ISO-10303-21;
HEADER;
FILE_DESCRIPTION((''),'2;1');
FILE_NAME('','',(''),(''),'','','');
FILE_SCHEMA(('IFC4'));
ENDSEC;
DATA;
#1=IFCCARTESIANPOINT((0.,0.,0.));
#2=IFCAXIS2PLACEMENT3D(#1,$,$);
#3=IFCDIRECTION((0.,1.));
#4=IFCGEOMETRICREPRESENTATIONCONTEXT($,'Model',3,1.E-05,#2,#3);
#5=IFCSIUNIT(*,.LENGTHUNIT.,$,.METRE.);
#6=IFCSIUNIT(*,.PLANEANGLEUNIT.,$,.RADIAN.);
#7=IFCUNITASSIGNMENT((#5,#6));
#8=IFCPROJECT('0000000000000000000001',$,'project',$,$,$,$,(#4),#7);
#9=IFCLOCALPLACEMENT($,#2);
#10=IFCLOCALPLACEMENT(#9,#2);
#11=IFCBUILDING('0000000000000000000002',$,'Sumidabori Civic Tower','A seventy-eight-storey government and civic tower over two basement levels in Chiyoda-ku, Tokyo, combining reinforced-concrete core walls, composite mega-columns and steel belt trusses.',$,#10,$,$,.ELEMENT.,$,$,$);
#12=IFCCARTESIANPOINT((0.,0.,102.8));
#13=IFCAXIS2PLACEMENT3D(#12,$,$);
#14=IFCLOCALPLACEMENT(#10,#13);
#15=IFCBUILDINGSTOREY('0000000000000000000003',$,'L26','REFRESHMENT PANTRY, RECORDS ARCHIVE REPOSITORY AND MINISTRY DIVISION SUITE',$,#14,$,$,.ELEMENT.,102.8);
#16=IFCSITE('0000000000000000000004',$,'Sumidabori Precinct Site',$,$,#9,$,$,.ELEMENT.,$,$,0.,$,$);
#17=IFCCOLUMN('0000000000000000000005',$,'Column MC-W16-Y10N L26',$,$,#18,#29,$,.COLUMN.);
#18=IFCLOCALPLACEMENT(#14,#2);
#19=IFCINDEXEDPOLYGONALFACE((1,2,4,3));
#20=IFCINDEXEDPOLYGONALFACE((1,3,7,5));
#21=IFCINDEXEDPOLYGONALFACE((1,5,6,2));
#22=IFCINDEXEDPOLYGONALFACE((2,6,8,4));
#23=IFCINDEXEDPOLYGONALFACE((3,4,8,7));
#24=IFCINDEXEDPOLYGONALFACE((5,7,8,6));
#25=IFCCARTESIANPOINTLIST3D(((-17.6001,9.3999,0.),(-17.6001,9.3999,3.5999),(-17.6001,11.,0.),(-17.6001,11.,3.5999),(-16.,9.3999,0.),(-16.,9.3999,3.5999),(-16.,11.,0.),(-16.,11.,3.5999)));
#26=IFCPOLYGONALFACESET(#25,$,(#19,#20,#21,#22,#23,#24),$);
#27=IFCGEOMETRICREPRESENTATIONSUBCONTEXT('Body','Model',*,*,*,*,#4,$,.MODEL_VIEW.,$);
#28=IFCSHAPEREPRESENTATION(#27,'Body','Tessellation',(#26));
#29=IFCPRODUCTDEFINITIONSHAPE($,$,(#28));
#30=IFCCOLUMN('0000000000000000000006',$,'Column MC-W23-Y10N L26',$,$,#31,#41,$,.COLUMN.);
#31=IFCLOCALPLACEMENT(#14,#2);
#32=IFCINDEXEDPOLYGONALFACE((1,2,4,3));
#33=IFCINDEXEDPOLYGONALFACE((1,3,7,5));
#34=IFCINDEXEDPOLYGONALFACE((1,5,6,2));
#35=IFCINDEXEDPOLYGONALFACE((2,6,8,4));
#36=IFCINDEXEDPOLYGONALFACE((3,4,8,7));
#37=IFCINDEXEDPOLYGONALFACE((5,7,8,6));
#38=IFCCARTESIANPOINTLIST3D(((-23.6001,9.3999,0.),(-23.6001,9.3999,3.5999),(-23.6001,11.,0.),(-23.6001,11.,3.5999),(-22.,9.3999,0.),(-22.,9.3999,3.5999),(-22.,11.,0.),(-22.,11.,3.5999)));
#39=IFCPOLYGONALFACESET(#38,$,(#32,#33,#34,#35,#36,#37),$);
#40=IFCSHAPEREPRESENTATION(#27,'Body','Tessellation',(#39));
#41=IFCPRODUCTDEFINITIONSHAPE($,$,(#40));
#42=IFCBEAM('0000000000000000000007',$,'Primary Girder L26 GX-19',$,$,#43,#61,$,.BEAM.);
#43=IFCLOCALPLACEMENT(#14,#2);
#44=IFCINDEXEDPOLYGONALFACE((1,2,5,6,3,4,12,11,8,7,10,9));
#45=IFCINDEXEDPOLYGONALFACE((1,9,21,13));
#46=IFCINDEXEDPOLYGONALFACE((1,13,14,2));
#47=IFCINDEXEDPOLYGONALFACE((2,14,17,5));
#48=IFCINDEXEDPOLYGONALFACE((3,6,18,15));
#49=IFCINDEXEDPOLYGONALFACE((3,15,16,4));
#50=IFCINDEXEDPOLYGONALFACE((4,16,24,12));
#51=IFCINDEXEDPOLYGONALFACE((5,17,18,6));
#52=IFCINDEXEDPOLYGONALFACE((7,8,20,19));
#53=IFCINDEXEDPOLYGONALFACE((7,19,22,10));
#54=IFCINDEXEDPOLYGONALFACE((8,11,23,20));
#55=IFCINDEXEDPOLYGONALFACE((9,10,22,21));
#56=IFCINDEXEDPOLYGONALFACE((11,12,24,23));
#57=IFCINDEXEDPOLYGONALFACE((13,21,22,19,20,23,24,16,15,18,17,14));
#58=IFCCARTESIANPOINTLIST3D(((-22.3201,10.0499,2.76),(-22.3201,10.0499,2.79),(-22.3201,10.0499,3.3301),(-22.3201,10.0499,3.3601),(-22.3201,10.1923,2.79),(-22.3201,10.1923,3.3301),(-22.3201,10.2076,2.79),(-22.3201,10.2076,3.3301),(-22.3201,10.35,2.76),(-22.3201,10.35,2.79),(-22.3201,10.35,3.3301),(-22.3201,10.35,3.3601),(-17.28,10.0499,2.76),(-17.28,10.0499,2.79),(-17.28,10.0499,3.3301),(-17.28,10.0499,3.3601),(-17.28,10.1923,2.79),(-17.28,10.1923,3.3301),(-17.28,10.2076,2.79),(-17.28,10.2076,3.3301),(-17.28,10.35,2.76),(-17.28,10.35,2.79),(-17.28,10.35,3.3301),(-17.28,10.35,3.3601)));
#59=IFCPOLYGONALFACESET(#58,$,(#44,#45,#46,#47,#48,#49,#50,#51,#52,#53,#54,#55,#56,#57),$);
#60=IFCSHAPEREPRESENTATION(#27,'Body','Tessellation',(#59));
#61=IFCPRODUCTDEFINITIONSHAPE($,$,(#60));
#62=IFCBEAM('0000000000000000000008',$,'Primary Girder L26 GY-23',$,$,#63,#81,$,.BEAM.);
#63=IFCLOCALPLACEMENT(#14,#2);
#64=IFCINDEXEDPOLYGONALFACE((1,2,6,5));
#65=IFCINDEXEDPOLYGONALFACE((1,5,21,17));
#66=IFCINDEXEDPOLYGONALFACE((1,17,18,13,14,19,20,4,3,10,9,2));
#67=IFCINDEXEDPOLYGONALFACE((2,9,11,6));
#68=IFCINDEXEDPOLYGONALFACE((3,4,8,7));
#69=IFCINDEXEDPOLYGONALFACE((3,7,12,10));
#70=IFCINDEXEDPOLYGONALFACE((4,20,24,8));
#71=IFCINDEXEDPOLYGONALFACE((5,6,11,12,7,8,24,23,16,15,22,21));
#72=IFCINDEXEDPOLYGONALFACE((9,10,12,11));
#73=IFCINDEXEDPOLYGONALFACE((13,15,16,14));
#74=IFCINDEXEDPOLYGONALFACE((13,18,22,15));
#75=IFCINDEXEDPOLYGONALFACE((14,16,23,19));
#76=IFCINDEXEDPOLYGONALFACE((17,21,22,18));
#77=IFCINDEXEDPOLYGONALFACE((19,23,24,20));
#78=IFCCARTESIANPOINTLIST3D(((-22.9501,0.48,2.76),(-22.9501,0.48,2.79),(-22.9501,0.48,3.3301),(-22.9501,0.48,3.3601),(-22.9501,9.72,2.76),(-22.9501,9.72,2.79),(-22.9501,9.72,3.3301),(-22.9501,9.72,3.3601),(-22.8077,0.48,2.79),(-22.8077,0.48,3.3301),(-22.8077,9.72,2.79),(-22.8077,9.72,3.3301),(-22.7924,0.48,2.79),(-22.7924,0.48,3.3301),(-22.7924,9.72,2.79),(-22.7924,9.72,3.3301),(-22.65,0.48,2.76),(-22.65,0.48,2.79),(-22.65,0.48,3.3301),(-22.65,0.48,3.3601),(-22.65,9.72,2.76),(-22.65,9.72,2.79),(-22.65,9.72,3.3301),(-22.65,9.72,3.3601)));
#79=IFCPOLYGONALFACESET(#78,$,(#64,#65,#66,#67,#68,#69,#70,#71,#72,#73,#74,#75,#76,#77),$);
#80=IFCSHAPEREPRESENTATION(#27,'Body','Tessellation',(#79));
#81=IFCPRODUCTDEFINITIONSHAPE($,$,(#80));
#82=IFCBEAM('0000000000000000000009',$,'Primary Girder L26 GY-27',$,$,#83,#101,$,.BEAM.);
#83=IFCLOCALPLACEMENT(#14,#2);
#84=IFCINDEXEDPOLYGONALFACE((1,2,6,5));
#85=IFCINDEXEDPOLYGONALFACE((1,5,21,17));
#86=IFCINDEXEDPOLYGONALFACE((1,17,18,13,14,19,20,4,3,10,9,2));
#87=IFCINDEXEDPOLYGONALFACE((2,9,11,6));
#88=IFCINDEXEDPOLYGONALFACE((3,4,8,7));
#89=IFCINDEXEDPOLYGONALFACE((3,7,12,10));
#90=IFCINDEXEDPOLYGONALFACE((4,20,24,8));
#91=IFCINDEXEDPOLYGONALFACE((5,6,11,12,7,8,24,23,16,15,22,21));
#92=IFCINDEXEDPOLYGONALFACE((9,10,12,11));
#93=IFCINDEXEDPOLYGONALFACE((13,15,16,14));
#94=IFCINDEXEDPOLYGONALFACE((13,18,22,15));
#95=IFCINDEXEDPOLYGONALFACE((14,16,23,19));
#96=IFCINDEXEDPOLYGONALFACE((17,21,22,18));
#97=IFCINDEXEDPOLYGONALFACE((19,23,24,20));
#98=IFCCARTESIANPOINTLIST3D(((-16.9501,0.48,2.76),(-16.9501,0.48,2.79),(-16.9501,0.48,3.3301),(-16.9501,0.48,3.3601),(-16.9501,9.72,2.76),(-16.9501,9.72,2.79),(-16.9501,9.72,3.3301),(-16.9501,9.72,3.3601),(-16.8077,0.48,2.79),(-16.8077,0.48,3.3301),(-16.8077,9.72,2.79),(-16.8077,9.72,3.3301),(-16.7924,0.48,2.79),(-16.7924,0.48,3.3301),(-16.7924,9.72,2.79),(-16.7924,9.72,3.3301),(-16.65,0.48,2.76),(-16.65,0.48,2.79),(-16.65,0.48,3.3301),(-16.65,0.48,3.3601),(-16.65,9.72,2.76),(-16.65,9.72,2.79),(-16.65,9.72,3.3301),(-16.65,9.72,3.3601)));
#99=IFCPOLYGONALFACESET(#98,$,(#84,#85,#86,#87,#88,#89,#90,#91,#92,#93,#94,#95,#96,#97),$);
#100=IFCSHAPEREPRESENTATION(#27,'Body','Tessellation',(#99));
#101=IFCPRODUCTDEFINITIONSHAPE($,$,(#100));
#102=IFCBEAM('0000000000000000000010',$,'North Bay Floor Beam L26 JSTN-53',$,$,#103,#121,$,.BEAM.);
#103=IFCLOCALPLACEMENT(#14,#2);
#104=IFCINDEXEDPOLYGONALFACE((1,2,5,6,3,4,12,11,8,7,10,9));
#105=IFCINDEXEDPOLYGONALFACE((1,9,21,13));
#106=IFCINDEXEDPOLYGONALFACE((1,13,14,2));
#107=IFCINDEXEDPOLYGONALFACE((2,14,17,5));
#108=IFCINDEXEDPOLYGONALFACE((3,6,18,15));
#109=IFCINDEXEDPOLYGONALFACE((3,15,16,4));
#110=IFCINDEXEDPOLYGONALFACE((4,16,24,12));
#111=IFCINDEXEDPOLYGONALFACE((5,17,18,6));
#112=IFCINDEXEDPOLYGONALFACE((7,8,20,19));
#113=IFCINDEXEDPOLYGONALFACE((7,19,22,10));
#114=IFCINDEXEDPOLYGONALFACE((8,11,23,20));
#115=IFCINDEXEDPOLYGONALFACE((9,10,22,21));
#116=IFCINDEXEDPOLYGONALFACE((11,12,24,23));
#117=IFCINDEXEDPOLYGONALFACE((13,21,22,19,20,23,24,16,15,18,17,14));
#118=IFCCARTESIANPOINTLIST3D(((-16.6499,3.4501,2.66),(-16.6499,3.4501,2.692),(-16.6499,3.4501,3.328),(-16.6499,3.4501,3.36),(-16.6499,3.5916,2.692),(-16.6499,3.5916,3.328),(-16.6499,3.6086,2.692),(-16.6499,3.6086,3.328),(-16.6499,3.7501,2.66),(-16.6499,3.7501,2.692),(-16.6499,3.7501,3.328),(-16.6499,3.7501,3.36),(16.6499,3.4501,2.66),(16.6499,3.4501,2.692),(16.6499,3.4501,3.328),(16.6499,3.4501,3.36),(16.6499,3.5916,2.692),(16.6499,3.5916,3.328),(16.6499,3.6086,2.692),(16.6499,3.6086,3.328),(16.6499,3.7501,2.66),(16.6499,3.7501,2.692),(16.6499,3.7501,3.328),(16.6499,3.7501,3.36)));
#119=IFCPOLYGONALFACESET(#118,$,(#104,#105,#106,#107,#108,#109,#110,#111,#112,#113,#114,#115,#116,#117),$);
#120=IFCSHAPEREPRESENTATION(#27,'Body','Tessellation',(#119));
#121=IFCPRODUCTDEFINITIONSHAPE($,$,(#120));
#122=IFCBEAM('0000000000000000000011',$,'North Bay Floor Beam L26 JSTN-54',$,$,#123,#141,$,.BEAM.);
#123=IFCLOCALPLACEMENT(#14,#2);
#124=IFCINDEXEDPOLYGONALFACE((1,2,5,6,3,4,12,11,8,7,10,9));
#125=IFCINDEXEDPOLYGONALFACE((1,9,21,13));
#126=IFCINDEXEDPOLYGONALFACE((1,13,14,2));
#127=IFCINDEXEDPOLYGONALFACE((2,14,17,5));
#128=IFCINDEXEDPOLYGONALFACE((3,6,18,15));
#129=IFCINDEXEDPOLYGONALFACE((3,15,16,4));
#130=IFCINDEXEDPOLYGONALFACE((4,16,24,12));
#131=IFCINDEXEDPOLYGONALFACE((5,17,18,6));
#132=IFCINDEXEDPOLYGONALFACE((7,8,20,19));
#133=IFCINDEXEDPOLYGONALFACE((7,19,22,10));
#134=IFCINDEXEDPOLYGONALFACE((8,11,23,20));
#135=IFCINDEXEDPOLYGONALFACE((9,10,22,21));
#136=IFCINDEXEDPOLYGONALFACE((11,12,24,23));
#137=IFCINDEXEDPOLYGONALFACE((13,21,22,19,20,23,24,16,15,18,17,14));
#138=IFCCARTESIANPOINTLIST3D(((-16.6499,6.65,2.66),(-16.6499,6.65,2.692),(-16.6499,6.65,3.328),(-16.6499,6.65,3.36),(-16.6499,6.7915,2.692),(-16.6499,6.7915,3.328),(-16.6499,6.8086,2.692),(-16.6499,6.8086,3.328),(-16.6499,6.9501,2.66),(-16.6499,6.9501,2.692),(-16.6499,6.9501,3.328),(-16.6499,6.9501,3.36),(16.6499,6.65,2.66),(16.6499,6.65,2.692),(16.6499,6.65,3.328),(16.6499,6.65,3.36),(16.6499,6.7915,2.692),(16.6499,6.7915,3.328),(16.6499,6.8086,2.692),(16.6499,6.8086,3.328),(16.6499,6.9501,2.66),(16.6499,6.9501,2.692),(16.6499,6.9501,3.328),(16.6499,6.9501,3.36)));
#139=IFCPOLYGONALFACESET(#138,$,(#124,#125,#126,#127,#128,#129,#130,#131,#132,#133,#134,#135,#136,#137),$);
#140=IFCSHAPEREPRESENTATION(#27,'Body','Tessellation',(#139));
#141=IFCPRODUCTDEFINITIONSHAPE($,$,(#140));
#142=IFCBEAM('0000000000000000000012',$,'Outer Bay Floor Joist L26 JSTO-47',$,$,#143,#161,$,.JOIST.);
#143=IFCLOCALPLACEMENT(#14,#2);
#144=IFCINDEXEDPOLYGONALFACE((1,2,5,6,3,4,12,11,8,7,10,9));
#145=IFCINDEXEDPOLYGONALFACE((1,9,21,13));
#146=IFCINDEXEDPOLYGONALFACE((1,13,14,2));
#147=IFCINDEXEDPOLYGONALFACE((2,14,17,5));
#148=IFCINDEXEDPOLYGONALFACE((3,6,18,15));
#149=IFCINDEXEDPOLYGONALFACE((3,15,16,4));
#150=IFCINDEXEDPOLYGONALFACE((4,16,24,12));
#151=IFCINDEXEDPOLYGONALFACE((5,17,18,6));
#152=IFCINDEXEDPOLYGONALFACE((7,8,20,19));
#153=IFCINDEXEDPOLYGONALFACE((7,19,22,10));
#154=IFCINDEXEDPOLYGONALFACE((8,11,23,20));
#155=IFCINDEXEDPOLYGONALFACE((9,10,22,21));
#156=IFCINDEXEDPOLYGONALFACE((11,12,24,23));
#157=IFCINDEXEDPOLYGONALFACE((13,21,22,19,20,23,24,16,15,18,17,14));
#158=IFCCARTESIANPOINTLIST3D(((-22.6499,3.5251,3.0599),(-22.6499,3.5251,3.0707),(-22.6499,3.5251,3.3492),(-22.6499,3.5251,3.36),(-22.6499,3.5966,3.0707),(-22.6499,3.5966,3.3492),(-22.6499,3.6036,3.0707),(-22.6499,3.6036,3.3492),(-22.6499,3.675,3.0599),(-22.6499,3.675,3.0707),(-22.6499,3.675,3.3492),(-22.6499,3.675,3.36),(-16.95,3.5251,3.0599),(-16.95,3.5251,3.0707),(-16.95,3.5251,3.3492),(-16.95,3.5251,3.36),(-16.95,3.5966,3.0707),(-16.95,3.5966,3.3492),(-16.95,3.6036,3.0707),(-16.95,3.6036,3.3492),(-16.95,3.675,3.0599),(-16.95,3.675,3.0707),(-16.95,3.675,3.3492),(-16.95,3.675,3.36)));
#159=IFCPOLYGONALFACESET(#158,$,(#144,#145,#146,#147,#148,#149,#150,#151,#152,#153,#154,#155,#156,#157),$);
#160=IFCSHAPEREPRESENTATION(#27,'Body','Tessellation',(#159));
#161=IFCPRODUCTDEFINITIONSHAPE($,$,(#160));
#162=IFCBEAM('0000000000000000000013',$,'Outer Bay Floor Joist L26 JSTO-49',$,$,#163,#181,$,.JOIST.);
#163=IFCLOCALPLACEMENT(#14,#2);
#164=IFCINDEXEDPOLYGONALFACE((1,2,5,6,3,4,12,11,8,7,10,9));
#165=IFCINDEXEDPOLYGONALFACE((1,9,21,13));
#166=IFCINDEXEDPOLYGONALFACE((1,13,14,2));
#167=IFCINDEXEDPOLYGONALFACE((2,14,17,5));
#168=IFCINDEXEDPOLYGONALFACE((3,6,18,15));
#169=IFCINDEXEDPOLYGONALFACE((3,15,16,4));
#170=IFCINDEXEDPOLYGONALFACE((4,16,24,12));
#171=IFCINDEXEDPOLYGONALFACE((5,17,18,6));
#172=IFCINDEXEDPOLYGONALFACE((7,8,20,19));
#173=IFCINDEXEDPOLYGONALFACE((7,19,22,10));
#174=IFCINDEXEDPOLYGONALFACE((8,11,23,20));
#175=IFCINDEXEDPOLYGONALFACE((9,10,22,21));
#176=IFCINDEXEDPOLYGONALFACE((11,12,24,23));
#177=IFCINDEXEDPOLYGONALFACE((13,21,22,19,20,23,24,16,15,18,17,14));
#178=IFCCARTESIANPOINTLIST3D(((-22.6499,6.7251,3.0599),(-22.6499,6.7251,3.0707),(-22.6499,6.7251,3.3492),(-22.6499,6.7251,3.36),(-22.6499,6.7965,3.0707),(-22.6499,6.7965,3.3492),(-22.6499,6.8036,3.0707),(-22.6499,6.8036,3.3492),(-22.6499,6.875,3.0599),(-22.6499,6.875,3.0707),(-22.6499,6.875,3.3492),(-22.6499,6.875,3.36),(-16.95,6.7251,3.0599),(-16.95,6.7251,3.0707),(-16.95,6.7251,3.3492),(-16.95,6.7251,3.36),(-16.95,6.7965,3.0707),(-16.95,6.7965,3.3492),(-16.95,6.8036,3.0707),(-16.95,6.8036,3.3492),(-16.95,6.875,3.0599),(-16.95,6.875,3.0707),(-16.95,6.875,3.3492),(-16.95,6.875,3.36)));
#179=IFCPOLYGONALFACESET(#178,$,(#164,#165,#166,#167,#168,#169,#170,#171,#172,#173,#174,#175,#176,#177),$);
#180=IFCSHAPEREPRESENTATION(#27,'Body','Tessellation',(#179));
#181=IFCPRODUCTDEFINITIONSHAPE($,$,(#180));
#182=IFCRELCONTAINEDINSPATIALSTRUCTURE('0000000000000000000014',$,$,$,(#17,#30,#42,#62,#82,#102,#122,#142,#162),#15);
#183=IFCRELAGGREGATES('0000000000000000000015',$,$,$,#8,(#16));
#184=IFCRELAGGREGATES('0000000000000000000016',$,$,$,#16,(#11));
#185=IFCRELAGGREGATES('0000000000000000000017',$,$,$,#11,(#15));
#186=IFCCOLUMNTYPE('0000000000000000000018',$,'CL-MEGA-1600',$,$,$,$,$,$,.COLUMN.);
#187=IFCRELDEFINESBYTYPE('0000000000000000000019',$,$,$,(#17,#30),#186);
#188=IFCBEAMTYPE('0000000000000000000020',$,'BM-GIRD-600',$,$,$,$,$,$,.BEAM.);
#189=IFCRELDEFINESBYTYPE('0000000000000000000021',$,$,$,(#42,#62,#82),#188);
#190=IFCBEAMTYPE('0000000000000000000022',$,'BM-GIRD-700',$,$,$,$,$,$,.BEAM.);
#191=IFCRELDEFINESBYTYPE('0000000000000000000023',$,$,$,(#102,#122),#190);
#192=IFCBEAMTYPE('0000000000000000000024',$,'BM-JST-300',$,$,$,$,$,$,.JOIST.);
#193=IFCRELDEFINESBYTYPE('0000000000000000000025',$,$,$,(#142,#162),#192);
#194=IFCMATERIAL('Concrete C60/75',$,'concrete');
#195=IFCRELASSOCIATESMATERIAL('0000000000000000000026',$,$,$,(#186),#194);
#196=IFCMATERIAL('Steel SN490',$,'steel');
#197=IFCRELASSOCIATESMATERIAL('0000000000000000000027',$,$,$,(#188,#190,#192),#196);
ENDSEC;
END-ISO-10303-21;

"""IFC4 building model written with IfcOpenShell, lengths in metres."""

from ifc_helpers import new_model, si_unit, direction, frame, origin, origin_2d, place, context, subcontext, project, spatial, rectangle, i_section, extrude, source, transform, mapped, material, material_profile, profile_set, type_object, element, save


model = new_model("IFC4")

# Units and contexts
model_context = context("Model", 3, precision=1e-05, world=origin(), true_north=direction((0.0, 1.0)))
body_context = subcontext(model_context, "Body", "Model", "MODEL_VIEW")
ifc_project = project(units=[si_unit("LENGTHUNIT", "METRE"), si_unit("PLANEANGLEUNIT", "RADIAN")], contexts=[model_context])

# Site, building, storey
site_placement = place(None, origin())
site = spatial("IfcSite", under=ifc_project, at=site_placement, Name="Sumidabori Precinct Site", CompositionType="ELEMENT", RefElevation=0.0)
building_placement = place(site_placement, origin())
building = spatial("IfcBuilding", under=site, at=building_placement, Name="Sumidabori Civic Tower", Description="A seventy-eight-storey government and civic tower over two basement levels in Chiyoda-ku, Tokyo, combining reinforced-concrete core walls, composite mega-columns and steel belt trusses.", CompositionType="ELEMENT")
storey_placement = place(building_placement, frame((0.0, 0.0, 102.8)))
storey = spatial("IfcBuildingStorey", under=building, at=storey_placement, Name="L26", Description="REFRESHMENT PANTRY, RECORDS ARCHIVE REPOSITORY AND MINISTRY DIVISION SUITE", CompositionType="ELEMENT", Elevation=102.8)

# Columns
ifc_material_1 = material(Name="Concrete C60/75", Category="concrete")
ifc_material_profile_1 = material_profile(ifc_material_1, rectangle(XDim=1.6001, YDim=1.6001, at=origin_2d()), Name="RC 1600x1600")
ifc_profile_set_1 = profile_set([ifc_material_profile_1], Name="Concrete C60/75")
column_type = type_object("IfcColumnType", Name="CL-MEGA-1600", PredefinedType="COLUMN", material=ifc_profile_set_1)
shared_shape_1 = source(origin(), body_context, "Body", "SweptSolid", [
    extrude(rectangle(XDim=1.6001, YDim=1.6001, at=origin_2d()), origin(), (0.0, 0.0, 1.0), 3.5999),
])
for number, where, z_axis, x_axis, name in (
    (1, (-16.8, 10.2, 0.0), (0.0, 0.0, 1.0), (1.0, 0.0, 0.0), "Column MC-W16-Y10N L26"),
    (2, (-22.8, 10.2, 0.0), (0.0, 0.0, 1.0), (1.0, 0.0, 0.0), "Column MC-W23-Y10N L26"),
):
    element("IfcColumn", number, at=place(storey_placement, frame(where, z_axis=z_axis, x_axis=x_axis)), inside=storey, type_object=column_type, Name=name, PredefinedType="COLUMN", context=body_context, shape_type="MappedRepresentation", body=[
        mapped(shared_shape_1, transform((0.0, 0.0, 0.0), x_axis=(1.0, 0.0, 0.0), y_axis=(0.0, 1.0, 0.0), z_axis=(0.0, 0.0, 1.0), scale=1.0)),
    ])

# Beams
ifc_material_2 = material(Name="Steel SN490", Category="steel")
ifc_material_profile_2 = material_profile(ifc_material_2, i_section(OverallWidth=0.3, OverallDepth=0.6001, WebThickness=0.0154, FlangeThickness=0.03, at=origin_2d()), Name="HE 600 B")
ifc_profile_set_2 = profile_set([ifc_material_profile_2], Name="Steel SN490")
beam_type_1 = type_object("IfcBeamType", Name="BM-GIRD-600", PredefinedType="BEAM", material=ifc_profile_set_2)
shared_shape_2 = source(origin(), body_context, "Body", "SweptSolid", [
    extrude(i_section(OverallWidth=0.3, OverallDepth=0.6001, WebThickness=0.0154, FlangeThickness=0.03, at=origin_2d()), origin(), (0.0, 0.0, 1.0), 5.04),
])
beam_placement = place(storey_placement, frame((-22.3201, 10.2, 3.0601), z_axis=(1.0, 0.0, 0.0), x_axis=(0.0, 1.0, 0.0)))
element("IfcBeam", 3, at=beam_placement, inside=storey, type_object=beam_type_1, Name="Primary Girder L26 GX-19", PredefinedType="BEAM", context=body_context, shape_type="MappedRepresentation", body=[
    mapped(shared_shape_2, transform((0.0, 0.0, 0.0), x_axis=(1.0, 0.0, 0.0), y_axis=(0.0, 1.0, 0.0), z_axis=(0.0, 0.0, 1.0), scale=1.0)),
])
shared_shape_3 = source(origin(), body_context, "Body", "SweptSolid", [
    extrude(i_section(OverallWidth=0.3, OverallDepth=0.6001, WebThickness=0.0154, FlangeThickness=0.03, at=origin_2d()), origin(), (0.0, 0.0, 1.0), 9.24),
])
for number, where, z_axis, x_axis, name in (
    (4, (-22.8, 0.48, 3.0601), (0.0, 1.0, 0.0), (-1.0, 0.0, 0.0), "Primary Girder L26 GY-23"),
    (5, (-16.8, 0.48, 3.0601), (0.0, 1.0, 0.0), (-1.0, 0.0, 0.0), "Primary Girder L26 GY-27"),
):
    element("IfcBeam", number, at=place(storey_placement, frame(where, z_axis=z_axis, x_axis=x_axis)), inside=storey, type_object=beam_type_1, Name=name, PredefinedType="BEAM", context=body_context, shape_type="MappedRepresentation", body=[
        mapped(shared_shape_3, transform((0.0, 0.0, 0.0), x_axis=(1.0, 0.0, 0.0), y_axis=(0.0, 1.0, 0.0), z_axis=(0.0, 0.0, 1.0), scale=1.0)),
    ])
ifc_material_profile_3 = material_profile(ifc_material_2, i_section(OverallWidth=0.3, OverallDepth=0.7, WebThickness=0.0171, FlangeThickness=0.032, at=origin_2d()), Name="HE 700 B")
ifc_profile_set_3 = profile_set([ifc_material_profile_3], Name="Steel SN490")
beam_type_2 = type_object("IfcBeamType", Name="BM-GIRD-700", PredefinedType="BEAM", material=ifc_profile_set_3)
shared_shape_4 = source(origin(), body_context, "Body", "SweptSolid", [
    extrude(i_section(OverallWidth=0.3, OverallDepth=0.7, WebThickness=0.0171, FlangeThickness=0.032, at=origin_2d()), origin(), (0.0, 0.0, 1.0), 33.2998),
])
for number, where, z_axis, x_axis, name in (
    (6, (-16.6499, 3.6001, 3.01), (1.0, 0.0, 0.0), (0.0, 1.0, 0.0), "North Bay Floor Beam L26 JSTN-53"),
    (7, (-16.6499, 6.8, 3.01), (1.0, 0.0, 0.0), (0.0, 1.0, 0.0), "North Bay Floor Beam L26 JSTN-54"),
):
    element("IfcBeam", number, at=place(storey_placement, frame(where, z_axis=z_axis, x_axis=x_axis)), inside=storey, type_object=beam_type_2, Name=name, PredefinedType="BEAM", context=body_context, shape_type="MappedRepresentation", body=[
        mapped(shared_shape_4, transform((0.0, 0.0, 0.0), x_axis=(1.0, 0.0, 0.0), y_axis=(0.0, 1.0, 0.0), z_axis=(0.0, 0.0, 1.0), scale=1.0)),
    ])
ifc_material_profile_4 = material_profile(ifc_material_2, i_section(OverallWidth=0.1499, OverallDepth=0.3, WebThickness=0.0071, FlangeThickness=0.0107, at=origin_2d()), Name="IPE 300")
ifc_profile_set_4 = profile_set([ifc_material_profile_4], Name="Steel SN490")
beam_type_3 = type_object("IfcBeamType", Name="BM-JST-300", PredefinedType="JOIST", material=ifc_profile_set_4)
shared_shape_5 = source(origin(), body_context, "Body", "SweptSolid", [
    extrude(i_section(OverallWidth=0.1499, OverallDepth=0.3, WebThickness=0.0071, FlangeThickness=0.0107, at=origin_2d()), origin(), (0.0, 0.0, 1.0), 5.7),
])
for number, where, z_axis, x_axis, name in (
    (8, (-22.6499, 3.6001, 3.21), (1.0, 0.0, 0.0), (0.0, 1.0, 0.0), "Outer Bay Floor Joist L26 JSTO-47"),
    (9, (-22.6499, 6.8, 3.21), (1.0, 0.0, 0.0), (0.0, 1.0, 0.0), "Outer Bay Floor Joist L26 JSTO-49"),
):
    element("IfcBeam", number, at=place(storey_placement, frame(where, z_axis=z_axis, x_axis=x_axis)), inside=storey, type_object=beam_type_3, Name=name, PredefinedType="JOIST", context=body_context, shape_type="MappedRepresentation", body=[
        mapped(shared_shape_5, transform((0.0, 0.0, 0.0), x_axis=(1.0, 0.0, 0.0), y_axis=(0.0, 1.0, 0.0), z_axis=(0.0, 0.0, 1.0), scale=1.0)),
    ])

save(model, "model.ifc")
